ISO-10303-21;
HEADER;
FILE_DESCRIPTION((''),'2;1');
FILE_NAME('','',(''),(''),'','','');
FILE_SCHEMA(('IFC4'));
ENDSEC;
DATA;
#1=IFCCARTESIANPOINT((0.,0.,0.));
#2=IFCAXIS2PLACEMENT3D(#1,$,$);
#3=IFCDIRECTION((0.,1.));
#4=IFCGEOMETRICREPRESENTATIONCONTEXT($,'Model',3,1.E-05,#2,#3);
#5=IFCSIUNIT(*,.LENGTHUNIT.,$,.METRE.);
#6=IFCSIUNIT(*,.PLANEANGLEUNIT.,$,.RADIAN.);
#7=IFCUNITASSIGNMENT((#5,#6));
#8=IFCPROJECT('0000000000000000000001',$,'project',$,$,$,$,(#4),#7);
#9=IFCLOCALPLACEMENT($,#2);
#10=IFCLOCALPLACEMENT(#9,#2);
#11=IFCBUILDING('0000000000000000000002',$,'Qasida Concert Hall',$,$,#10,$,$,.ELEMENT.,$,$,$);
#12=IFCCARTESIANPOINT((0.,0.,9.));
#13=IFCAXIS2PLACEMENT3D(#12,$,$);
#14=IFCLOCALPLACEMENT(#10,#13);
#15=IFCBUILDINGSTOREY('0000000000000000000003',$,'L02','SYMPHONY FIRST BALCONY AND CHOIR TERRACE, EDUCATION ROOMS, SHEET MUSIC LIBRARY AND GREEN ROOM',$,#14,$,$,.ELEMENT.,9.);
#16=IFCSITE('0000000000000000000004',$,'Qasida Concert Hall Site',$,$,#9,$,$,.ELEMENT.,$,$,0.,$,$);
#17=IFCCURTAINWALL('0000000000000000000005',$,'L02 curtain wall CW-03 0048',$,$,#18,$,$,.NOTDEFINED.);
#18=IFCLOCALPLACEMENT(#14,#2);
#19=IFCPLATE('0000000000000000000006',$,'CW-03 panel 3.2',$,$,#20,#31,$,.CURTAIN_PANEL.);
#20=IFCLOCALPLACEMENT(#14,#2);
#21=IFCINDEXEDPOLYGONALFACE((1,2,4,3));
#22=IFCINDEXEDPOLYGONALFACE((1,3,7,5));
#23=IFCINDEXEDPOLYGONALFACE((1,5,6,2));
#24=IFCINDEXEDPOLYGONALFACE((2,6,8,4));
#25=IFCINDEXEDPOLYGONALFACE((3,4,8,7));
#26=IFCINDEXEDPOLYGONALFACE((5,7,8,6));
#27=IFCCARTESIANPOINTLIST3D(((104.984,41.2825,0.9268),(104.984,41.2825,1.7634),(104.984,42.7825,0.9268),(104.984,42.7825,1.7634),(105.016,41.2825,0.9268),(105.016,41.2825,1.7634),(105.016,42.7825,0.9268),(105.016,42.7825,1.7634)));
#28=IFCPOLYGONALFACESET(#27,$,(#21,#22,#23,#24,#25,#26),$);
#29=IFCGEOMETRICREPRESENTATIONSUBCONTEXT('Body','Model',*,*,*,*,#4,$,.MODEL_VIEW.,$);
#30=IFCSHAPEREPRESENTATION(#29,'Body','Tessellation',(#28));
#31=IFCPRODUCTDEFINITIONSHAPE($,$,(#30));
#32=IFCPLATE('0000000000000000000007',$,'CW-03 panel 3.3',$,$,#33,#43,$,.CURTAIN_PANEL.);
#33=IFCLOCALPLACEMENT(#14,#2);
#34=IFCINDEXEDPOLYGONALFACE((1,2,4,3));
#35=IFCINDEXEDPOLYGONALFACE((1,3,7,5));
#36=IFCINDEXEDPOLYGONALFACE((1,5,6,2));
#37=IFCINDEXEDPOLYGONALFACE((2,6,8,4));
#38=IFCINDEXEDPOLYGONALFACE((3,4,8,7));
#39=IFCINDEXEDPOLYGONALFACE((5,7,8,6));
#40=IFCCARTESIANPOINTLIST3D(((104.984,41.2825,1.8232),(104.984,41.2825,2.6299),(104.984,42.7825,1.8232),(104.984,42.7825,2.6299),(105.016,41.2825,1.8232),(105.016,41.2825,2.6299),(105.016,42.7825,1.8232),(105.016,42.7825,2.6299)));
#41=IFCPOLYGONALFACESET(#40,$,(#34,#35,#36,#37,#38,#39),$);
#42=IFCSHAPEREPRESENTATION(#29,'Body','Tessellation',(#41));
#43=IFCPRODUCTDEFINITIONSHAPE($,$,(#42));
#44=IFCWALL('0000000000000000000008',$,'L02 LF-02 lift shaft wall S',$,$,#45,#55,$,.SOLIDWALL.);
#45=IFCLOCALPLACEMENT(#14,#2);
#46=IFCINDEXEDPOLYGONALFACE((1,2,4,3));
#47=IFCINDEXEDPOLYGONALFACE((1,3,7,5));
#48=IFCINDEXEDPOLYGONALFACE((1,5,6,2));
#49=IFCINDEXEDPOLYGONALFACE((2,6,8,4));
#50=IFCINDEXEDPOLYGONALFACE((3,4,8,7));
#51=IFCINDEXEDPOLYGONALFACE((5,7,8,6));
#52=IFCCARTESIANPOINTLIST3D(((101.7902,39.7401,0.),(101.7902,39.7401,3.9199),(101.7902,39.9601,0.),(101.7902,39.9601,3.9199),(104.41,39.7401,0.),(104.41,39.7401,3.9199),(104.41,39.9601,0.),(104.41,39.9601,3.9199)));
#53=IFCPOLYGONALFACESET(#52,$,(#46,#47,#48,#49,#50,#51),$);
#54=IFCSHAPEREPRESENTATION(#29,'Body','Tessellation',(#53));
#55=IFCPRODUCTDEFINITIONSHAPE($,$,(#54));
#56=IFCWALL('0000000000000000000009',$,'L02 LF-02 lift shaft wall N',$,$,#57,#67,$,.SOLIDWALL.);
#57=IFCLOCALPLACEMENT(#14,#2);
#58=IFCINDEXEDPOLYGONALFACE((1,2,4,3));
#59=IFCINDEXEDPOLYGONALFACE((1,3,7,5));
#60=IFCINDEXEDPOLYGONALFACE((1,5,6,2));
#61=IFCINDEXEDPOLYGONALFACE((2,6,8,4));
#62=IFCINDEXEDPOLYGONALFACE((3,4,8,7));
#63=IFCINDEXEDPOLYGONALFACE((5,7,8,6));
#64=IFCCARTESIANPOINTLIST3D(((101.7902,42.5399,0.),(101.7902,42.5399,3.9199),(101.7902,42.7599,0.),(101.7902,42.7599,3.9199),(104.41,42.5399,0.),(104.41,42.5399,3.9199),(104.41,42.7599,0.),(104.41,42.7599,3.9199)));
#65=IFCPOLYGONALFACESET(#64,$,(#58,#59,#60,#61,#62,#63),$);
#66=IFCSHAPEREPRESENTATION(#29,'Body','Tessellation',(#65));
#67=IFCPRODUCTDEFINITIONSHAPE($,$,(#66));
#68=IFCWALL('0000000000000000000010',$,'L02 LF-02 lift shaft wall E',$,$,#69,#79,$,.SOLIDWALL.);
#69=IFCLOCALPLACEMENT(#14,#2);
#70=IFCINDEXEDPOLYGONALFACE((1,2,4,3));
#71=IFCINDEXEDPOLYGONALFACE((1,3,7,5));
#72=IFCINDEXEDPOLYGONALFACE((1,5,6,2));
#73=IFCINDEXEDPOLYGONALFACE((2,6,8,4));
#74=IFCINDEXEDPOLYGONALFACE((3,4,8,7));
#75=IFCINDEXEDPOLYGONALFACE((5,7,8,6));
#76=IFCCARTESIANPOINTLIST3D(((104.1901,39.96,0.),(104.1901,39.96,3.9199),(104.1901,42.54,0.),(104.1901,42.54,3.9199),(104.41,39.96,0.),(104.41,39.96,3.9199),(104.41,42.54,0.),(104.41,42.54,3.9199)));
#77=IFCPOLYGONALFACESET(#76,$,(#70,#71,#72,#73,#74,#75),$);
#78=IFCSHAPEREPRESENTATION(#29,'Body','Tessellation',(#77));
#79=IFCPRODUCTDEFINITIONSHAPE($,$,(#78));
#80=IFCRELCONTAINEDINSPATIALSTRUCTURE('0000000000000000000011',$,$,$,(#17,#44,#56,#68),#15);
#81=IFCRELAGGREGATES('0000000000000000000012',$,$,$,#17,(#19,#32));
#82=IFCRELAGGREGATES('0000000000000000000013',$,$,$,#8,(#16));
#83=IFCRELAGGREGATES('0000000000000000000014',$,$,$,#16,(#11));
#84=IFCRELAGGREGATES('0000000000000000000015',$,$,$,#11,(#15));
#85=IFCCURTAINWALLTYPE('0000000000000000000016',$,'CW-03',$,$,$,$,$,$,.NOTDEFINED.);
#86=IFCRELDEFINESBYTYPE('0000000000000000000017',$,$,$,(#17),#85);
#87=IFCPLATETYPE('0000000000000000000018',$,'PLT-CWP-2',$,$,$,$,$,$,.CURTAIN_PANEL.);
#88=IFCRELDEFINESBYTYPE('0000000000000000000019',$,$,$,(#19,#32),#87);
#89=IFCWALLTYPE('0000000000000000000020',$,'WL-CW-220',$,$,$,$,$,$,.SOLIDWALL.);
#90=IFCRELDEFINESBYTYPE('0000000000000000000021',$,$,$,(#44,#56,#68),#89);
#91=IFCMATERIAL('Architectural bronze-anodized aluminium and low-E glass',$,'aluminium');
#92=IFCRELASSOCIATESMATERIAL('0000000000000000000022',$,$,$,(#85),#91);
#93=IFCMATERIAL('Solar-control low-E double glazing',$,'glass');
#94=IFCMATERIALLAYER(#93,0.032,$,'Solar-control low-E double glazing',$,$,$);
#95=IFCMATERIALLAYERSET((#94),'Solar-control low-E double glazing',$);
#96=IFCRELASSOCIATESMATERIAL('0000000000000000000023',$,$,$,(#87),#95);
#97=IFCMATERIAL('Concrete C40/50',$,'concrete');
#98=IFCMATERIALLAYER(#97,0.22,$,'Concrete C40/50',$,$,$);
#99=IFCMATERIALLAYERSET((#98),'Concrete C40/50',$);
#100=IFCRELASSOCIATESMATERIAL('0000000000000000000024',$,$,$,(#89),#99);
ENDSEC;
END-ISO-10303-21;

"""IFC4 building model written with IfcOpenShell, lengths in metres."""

from ifc_helpers import new_model, si_unit, direction, frame, frame_2d, origin, origin_2d, place, context, subcontext, project, spatial, rectangle, extrude, material, layer, layer_set, type_object, element, aggregate, save


model = new_model("IFC4")

# Units and contexts
model_context = context("Model", 3, precision=1e-05, world=origin(), true_north=direction((0.0, 1.0)))
body_context = subcontext(model_context, "Body", "Model", "MODEL_VIEW")
ifc_project = project(units=[si_unit("LENGTHUNIT", "METRE"), si_unit("PLANEANGLEUNIT", "RADIAN")], contexts=[model_context])

# Site, building, storey
site_placement = place(None, origin())
site = spatial("IfcSite", under=ifc_project, at=site_placement, Name="Qasida Concert Hall Site", CompositionType="ELEMENT", RefElevation=0.0)
building_placement = place(site_placement, origin())
building = spatial("IfcBuilding", under=site, at=building_placement, Name="Qasida Concert Hall", CompositionType="ELEMENT")
storey_placement = place(building_placement, frame((0.0, 0.0, 9.0)))
storey = spatial("IfcBuildingStorey", under=building, at=storey_placement, Name="L02", Description="SYMPHONY FIRST BALCONY AND CHOIR TERRACE, EDUCATION ROOMS, SHEET MUSIC LIBRARY AND GREEN ROOM", CompositionType="ELEMENT", Elevation=9.0)

# Shared definitions
ifc_material_1 = material(Name="Concrete C40/50", Category="concrete")

# Curtain wall, plates
ifc_material_2 = material(Name="Architectural bronze-anodized aluminium and low-E glass", Category="aluminium")
curtain_wall_type = type_object("IfcCurtainWallType", Name="CW-03", PredefinedType="NOTDEFINED", material=ifc_material_2)
curtain_wall_placement = place(storey_placement, origin())
curtain_wall = element("IfcCurtainWall", 1, at=curtain_wall_placement, inside=storey, type_object=curtain_wall_type, Name="L02 curtain wall CW-03 0048", PredefinedType="NOTDEFINED")
ifc_material_3 = material(Name="Solar-control low-E double glazing", Category="glass")
ifc_layer_1 = layer(ifc_material_3, 0.032, Name="Solar-control low-E double glazing")
ifc_layer_set_1 = layer_set([ifc_layer_1], Name="Solar-control low-E double glazing")
plate_type = type_object("IfcPlateType", Name="PLT-CWP-2", PredefinedType="CURTAIN_PANEL", material=ifc_layer_set_1)
plate_1_placement = place(storey_placement, frame((105.0, 42.0325, 0.9268), z_axis=(0.0, 0.0, 1.0), x_axis=(0.0, 1.0, 0.0)))
plate_1 = element("IfcPlate", 2, at=plate_1_placement, type_object=plate_type, Name="CW-03 panel 3.2", PredefinedType="CURTAIN_PANEL", context=body_context, shape_type="SweptSolid", body=[
    extrude(rectangle(XDim=1.5, YDim=0.032, at=origin_2d()), origin(), (0.0, 0.0, 1.0), 0.8367),
])
plate_2_placement = place(storey_placement, frame((105.0, 42.0325, 1.8232), z_axis=(0.0, 0.0, 1.0), x_axis=(0.0, 1.0, 0.0)))
plate_2 = element("IfcPlate", 3, at=plate_2_placement, type_object=plate_type, Name="CW-03 panel 3.3", PredefinedType="CURTAIN_PANEL", context=body_context, shape_type="SweptSolid", body=[
    extrude(rectangle(XDim=1.5, YDim=0.032, at=origin_2d()), origin(), (0.0, 0.0, 1.0), 0.8066),
])
aggregate(curtain_wall, [plate_1, plate_2])

# Walls
ifc_layer_2 = layer(ifc_material_1, 0.22, Name="Concrete C40/50")
ifc_layer_set_2 = layer_set([ifc_layer_2], Name="Concrete C40/50")
wall_type = type_object("IfcWallType", Name="WL-CW-220", PredefinedType="SOLIDWALL", material=ifc_layer_set_2)
for number, where, z_axis, x_axis, name in (
    (4, (101.79, 39.8501, 0.0), (0.0, 0.0, 1.0), (1.0, 0.0, 0.0), "L02 LF-02 lift shaft wall S"),
    (5, (101.79, 42.6499, 0.0), (0.0, 0.0, 1.0), (1.0, 0.0, 0.0), "L02 LF-02 lift shaft wall N"),
):
    element("IfcWall", number, at=place(storey_placement, frame(where, z_axis=z_axis, x_axis=x_axis)), inside=storey, type_object=wall_type, Name=name, PredefinedType="SOLIDWALL", context=body_context, shape_type="SweptSolid", body=[
        extrude(rectangle(XDim=2.6199, YDim=0.22, at=frame_2d((1.3101, 0.0))), origin(), (0.0, 0.0, 1.0), 3.9199),
    ])

# Wall
wall_1_placement = place(storey_placement, frame((104.3, 39.96, 0.0), z_axis=(0.0, 0.0, 1.0), x_axis=(0.0, 1.0, 0.0)))
element("IfcWall", 6, at=wall_1_placement, inside=storey, type_object=wall_type, Name="L02 LF-02 lift shaft wall E", PredefinedType="SOLIDWALL", context=body_context, shape_type="SweptSolid", body=[
    extrude(rectangle(XDim=2.5801, YDim=0.22, at=frame_2d((1.29, 0.0))), origin(), (0.0, 0.0, 1.0), 3.9199),
])

save(model, "model.ifc")
